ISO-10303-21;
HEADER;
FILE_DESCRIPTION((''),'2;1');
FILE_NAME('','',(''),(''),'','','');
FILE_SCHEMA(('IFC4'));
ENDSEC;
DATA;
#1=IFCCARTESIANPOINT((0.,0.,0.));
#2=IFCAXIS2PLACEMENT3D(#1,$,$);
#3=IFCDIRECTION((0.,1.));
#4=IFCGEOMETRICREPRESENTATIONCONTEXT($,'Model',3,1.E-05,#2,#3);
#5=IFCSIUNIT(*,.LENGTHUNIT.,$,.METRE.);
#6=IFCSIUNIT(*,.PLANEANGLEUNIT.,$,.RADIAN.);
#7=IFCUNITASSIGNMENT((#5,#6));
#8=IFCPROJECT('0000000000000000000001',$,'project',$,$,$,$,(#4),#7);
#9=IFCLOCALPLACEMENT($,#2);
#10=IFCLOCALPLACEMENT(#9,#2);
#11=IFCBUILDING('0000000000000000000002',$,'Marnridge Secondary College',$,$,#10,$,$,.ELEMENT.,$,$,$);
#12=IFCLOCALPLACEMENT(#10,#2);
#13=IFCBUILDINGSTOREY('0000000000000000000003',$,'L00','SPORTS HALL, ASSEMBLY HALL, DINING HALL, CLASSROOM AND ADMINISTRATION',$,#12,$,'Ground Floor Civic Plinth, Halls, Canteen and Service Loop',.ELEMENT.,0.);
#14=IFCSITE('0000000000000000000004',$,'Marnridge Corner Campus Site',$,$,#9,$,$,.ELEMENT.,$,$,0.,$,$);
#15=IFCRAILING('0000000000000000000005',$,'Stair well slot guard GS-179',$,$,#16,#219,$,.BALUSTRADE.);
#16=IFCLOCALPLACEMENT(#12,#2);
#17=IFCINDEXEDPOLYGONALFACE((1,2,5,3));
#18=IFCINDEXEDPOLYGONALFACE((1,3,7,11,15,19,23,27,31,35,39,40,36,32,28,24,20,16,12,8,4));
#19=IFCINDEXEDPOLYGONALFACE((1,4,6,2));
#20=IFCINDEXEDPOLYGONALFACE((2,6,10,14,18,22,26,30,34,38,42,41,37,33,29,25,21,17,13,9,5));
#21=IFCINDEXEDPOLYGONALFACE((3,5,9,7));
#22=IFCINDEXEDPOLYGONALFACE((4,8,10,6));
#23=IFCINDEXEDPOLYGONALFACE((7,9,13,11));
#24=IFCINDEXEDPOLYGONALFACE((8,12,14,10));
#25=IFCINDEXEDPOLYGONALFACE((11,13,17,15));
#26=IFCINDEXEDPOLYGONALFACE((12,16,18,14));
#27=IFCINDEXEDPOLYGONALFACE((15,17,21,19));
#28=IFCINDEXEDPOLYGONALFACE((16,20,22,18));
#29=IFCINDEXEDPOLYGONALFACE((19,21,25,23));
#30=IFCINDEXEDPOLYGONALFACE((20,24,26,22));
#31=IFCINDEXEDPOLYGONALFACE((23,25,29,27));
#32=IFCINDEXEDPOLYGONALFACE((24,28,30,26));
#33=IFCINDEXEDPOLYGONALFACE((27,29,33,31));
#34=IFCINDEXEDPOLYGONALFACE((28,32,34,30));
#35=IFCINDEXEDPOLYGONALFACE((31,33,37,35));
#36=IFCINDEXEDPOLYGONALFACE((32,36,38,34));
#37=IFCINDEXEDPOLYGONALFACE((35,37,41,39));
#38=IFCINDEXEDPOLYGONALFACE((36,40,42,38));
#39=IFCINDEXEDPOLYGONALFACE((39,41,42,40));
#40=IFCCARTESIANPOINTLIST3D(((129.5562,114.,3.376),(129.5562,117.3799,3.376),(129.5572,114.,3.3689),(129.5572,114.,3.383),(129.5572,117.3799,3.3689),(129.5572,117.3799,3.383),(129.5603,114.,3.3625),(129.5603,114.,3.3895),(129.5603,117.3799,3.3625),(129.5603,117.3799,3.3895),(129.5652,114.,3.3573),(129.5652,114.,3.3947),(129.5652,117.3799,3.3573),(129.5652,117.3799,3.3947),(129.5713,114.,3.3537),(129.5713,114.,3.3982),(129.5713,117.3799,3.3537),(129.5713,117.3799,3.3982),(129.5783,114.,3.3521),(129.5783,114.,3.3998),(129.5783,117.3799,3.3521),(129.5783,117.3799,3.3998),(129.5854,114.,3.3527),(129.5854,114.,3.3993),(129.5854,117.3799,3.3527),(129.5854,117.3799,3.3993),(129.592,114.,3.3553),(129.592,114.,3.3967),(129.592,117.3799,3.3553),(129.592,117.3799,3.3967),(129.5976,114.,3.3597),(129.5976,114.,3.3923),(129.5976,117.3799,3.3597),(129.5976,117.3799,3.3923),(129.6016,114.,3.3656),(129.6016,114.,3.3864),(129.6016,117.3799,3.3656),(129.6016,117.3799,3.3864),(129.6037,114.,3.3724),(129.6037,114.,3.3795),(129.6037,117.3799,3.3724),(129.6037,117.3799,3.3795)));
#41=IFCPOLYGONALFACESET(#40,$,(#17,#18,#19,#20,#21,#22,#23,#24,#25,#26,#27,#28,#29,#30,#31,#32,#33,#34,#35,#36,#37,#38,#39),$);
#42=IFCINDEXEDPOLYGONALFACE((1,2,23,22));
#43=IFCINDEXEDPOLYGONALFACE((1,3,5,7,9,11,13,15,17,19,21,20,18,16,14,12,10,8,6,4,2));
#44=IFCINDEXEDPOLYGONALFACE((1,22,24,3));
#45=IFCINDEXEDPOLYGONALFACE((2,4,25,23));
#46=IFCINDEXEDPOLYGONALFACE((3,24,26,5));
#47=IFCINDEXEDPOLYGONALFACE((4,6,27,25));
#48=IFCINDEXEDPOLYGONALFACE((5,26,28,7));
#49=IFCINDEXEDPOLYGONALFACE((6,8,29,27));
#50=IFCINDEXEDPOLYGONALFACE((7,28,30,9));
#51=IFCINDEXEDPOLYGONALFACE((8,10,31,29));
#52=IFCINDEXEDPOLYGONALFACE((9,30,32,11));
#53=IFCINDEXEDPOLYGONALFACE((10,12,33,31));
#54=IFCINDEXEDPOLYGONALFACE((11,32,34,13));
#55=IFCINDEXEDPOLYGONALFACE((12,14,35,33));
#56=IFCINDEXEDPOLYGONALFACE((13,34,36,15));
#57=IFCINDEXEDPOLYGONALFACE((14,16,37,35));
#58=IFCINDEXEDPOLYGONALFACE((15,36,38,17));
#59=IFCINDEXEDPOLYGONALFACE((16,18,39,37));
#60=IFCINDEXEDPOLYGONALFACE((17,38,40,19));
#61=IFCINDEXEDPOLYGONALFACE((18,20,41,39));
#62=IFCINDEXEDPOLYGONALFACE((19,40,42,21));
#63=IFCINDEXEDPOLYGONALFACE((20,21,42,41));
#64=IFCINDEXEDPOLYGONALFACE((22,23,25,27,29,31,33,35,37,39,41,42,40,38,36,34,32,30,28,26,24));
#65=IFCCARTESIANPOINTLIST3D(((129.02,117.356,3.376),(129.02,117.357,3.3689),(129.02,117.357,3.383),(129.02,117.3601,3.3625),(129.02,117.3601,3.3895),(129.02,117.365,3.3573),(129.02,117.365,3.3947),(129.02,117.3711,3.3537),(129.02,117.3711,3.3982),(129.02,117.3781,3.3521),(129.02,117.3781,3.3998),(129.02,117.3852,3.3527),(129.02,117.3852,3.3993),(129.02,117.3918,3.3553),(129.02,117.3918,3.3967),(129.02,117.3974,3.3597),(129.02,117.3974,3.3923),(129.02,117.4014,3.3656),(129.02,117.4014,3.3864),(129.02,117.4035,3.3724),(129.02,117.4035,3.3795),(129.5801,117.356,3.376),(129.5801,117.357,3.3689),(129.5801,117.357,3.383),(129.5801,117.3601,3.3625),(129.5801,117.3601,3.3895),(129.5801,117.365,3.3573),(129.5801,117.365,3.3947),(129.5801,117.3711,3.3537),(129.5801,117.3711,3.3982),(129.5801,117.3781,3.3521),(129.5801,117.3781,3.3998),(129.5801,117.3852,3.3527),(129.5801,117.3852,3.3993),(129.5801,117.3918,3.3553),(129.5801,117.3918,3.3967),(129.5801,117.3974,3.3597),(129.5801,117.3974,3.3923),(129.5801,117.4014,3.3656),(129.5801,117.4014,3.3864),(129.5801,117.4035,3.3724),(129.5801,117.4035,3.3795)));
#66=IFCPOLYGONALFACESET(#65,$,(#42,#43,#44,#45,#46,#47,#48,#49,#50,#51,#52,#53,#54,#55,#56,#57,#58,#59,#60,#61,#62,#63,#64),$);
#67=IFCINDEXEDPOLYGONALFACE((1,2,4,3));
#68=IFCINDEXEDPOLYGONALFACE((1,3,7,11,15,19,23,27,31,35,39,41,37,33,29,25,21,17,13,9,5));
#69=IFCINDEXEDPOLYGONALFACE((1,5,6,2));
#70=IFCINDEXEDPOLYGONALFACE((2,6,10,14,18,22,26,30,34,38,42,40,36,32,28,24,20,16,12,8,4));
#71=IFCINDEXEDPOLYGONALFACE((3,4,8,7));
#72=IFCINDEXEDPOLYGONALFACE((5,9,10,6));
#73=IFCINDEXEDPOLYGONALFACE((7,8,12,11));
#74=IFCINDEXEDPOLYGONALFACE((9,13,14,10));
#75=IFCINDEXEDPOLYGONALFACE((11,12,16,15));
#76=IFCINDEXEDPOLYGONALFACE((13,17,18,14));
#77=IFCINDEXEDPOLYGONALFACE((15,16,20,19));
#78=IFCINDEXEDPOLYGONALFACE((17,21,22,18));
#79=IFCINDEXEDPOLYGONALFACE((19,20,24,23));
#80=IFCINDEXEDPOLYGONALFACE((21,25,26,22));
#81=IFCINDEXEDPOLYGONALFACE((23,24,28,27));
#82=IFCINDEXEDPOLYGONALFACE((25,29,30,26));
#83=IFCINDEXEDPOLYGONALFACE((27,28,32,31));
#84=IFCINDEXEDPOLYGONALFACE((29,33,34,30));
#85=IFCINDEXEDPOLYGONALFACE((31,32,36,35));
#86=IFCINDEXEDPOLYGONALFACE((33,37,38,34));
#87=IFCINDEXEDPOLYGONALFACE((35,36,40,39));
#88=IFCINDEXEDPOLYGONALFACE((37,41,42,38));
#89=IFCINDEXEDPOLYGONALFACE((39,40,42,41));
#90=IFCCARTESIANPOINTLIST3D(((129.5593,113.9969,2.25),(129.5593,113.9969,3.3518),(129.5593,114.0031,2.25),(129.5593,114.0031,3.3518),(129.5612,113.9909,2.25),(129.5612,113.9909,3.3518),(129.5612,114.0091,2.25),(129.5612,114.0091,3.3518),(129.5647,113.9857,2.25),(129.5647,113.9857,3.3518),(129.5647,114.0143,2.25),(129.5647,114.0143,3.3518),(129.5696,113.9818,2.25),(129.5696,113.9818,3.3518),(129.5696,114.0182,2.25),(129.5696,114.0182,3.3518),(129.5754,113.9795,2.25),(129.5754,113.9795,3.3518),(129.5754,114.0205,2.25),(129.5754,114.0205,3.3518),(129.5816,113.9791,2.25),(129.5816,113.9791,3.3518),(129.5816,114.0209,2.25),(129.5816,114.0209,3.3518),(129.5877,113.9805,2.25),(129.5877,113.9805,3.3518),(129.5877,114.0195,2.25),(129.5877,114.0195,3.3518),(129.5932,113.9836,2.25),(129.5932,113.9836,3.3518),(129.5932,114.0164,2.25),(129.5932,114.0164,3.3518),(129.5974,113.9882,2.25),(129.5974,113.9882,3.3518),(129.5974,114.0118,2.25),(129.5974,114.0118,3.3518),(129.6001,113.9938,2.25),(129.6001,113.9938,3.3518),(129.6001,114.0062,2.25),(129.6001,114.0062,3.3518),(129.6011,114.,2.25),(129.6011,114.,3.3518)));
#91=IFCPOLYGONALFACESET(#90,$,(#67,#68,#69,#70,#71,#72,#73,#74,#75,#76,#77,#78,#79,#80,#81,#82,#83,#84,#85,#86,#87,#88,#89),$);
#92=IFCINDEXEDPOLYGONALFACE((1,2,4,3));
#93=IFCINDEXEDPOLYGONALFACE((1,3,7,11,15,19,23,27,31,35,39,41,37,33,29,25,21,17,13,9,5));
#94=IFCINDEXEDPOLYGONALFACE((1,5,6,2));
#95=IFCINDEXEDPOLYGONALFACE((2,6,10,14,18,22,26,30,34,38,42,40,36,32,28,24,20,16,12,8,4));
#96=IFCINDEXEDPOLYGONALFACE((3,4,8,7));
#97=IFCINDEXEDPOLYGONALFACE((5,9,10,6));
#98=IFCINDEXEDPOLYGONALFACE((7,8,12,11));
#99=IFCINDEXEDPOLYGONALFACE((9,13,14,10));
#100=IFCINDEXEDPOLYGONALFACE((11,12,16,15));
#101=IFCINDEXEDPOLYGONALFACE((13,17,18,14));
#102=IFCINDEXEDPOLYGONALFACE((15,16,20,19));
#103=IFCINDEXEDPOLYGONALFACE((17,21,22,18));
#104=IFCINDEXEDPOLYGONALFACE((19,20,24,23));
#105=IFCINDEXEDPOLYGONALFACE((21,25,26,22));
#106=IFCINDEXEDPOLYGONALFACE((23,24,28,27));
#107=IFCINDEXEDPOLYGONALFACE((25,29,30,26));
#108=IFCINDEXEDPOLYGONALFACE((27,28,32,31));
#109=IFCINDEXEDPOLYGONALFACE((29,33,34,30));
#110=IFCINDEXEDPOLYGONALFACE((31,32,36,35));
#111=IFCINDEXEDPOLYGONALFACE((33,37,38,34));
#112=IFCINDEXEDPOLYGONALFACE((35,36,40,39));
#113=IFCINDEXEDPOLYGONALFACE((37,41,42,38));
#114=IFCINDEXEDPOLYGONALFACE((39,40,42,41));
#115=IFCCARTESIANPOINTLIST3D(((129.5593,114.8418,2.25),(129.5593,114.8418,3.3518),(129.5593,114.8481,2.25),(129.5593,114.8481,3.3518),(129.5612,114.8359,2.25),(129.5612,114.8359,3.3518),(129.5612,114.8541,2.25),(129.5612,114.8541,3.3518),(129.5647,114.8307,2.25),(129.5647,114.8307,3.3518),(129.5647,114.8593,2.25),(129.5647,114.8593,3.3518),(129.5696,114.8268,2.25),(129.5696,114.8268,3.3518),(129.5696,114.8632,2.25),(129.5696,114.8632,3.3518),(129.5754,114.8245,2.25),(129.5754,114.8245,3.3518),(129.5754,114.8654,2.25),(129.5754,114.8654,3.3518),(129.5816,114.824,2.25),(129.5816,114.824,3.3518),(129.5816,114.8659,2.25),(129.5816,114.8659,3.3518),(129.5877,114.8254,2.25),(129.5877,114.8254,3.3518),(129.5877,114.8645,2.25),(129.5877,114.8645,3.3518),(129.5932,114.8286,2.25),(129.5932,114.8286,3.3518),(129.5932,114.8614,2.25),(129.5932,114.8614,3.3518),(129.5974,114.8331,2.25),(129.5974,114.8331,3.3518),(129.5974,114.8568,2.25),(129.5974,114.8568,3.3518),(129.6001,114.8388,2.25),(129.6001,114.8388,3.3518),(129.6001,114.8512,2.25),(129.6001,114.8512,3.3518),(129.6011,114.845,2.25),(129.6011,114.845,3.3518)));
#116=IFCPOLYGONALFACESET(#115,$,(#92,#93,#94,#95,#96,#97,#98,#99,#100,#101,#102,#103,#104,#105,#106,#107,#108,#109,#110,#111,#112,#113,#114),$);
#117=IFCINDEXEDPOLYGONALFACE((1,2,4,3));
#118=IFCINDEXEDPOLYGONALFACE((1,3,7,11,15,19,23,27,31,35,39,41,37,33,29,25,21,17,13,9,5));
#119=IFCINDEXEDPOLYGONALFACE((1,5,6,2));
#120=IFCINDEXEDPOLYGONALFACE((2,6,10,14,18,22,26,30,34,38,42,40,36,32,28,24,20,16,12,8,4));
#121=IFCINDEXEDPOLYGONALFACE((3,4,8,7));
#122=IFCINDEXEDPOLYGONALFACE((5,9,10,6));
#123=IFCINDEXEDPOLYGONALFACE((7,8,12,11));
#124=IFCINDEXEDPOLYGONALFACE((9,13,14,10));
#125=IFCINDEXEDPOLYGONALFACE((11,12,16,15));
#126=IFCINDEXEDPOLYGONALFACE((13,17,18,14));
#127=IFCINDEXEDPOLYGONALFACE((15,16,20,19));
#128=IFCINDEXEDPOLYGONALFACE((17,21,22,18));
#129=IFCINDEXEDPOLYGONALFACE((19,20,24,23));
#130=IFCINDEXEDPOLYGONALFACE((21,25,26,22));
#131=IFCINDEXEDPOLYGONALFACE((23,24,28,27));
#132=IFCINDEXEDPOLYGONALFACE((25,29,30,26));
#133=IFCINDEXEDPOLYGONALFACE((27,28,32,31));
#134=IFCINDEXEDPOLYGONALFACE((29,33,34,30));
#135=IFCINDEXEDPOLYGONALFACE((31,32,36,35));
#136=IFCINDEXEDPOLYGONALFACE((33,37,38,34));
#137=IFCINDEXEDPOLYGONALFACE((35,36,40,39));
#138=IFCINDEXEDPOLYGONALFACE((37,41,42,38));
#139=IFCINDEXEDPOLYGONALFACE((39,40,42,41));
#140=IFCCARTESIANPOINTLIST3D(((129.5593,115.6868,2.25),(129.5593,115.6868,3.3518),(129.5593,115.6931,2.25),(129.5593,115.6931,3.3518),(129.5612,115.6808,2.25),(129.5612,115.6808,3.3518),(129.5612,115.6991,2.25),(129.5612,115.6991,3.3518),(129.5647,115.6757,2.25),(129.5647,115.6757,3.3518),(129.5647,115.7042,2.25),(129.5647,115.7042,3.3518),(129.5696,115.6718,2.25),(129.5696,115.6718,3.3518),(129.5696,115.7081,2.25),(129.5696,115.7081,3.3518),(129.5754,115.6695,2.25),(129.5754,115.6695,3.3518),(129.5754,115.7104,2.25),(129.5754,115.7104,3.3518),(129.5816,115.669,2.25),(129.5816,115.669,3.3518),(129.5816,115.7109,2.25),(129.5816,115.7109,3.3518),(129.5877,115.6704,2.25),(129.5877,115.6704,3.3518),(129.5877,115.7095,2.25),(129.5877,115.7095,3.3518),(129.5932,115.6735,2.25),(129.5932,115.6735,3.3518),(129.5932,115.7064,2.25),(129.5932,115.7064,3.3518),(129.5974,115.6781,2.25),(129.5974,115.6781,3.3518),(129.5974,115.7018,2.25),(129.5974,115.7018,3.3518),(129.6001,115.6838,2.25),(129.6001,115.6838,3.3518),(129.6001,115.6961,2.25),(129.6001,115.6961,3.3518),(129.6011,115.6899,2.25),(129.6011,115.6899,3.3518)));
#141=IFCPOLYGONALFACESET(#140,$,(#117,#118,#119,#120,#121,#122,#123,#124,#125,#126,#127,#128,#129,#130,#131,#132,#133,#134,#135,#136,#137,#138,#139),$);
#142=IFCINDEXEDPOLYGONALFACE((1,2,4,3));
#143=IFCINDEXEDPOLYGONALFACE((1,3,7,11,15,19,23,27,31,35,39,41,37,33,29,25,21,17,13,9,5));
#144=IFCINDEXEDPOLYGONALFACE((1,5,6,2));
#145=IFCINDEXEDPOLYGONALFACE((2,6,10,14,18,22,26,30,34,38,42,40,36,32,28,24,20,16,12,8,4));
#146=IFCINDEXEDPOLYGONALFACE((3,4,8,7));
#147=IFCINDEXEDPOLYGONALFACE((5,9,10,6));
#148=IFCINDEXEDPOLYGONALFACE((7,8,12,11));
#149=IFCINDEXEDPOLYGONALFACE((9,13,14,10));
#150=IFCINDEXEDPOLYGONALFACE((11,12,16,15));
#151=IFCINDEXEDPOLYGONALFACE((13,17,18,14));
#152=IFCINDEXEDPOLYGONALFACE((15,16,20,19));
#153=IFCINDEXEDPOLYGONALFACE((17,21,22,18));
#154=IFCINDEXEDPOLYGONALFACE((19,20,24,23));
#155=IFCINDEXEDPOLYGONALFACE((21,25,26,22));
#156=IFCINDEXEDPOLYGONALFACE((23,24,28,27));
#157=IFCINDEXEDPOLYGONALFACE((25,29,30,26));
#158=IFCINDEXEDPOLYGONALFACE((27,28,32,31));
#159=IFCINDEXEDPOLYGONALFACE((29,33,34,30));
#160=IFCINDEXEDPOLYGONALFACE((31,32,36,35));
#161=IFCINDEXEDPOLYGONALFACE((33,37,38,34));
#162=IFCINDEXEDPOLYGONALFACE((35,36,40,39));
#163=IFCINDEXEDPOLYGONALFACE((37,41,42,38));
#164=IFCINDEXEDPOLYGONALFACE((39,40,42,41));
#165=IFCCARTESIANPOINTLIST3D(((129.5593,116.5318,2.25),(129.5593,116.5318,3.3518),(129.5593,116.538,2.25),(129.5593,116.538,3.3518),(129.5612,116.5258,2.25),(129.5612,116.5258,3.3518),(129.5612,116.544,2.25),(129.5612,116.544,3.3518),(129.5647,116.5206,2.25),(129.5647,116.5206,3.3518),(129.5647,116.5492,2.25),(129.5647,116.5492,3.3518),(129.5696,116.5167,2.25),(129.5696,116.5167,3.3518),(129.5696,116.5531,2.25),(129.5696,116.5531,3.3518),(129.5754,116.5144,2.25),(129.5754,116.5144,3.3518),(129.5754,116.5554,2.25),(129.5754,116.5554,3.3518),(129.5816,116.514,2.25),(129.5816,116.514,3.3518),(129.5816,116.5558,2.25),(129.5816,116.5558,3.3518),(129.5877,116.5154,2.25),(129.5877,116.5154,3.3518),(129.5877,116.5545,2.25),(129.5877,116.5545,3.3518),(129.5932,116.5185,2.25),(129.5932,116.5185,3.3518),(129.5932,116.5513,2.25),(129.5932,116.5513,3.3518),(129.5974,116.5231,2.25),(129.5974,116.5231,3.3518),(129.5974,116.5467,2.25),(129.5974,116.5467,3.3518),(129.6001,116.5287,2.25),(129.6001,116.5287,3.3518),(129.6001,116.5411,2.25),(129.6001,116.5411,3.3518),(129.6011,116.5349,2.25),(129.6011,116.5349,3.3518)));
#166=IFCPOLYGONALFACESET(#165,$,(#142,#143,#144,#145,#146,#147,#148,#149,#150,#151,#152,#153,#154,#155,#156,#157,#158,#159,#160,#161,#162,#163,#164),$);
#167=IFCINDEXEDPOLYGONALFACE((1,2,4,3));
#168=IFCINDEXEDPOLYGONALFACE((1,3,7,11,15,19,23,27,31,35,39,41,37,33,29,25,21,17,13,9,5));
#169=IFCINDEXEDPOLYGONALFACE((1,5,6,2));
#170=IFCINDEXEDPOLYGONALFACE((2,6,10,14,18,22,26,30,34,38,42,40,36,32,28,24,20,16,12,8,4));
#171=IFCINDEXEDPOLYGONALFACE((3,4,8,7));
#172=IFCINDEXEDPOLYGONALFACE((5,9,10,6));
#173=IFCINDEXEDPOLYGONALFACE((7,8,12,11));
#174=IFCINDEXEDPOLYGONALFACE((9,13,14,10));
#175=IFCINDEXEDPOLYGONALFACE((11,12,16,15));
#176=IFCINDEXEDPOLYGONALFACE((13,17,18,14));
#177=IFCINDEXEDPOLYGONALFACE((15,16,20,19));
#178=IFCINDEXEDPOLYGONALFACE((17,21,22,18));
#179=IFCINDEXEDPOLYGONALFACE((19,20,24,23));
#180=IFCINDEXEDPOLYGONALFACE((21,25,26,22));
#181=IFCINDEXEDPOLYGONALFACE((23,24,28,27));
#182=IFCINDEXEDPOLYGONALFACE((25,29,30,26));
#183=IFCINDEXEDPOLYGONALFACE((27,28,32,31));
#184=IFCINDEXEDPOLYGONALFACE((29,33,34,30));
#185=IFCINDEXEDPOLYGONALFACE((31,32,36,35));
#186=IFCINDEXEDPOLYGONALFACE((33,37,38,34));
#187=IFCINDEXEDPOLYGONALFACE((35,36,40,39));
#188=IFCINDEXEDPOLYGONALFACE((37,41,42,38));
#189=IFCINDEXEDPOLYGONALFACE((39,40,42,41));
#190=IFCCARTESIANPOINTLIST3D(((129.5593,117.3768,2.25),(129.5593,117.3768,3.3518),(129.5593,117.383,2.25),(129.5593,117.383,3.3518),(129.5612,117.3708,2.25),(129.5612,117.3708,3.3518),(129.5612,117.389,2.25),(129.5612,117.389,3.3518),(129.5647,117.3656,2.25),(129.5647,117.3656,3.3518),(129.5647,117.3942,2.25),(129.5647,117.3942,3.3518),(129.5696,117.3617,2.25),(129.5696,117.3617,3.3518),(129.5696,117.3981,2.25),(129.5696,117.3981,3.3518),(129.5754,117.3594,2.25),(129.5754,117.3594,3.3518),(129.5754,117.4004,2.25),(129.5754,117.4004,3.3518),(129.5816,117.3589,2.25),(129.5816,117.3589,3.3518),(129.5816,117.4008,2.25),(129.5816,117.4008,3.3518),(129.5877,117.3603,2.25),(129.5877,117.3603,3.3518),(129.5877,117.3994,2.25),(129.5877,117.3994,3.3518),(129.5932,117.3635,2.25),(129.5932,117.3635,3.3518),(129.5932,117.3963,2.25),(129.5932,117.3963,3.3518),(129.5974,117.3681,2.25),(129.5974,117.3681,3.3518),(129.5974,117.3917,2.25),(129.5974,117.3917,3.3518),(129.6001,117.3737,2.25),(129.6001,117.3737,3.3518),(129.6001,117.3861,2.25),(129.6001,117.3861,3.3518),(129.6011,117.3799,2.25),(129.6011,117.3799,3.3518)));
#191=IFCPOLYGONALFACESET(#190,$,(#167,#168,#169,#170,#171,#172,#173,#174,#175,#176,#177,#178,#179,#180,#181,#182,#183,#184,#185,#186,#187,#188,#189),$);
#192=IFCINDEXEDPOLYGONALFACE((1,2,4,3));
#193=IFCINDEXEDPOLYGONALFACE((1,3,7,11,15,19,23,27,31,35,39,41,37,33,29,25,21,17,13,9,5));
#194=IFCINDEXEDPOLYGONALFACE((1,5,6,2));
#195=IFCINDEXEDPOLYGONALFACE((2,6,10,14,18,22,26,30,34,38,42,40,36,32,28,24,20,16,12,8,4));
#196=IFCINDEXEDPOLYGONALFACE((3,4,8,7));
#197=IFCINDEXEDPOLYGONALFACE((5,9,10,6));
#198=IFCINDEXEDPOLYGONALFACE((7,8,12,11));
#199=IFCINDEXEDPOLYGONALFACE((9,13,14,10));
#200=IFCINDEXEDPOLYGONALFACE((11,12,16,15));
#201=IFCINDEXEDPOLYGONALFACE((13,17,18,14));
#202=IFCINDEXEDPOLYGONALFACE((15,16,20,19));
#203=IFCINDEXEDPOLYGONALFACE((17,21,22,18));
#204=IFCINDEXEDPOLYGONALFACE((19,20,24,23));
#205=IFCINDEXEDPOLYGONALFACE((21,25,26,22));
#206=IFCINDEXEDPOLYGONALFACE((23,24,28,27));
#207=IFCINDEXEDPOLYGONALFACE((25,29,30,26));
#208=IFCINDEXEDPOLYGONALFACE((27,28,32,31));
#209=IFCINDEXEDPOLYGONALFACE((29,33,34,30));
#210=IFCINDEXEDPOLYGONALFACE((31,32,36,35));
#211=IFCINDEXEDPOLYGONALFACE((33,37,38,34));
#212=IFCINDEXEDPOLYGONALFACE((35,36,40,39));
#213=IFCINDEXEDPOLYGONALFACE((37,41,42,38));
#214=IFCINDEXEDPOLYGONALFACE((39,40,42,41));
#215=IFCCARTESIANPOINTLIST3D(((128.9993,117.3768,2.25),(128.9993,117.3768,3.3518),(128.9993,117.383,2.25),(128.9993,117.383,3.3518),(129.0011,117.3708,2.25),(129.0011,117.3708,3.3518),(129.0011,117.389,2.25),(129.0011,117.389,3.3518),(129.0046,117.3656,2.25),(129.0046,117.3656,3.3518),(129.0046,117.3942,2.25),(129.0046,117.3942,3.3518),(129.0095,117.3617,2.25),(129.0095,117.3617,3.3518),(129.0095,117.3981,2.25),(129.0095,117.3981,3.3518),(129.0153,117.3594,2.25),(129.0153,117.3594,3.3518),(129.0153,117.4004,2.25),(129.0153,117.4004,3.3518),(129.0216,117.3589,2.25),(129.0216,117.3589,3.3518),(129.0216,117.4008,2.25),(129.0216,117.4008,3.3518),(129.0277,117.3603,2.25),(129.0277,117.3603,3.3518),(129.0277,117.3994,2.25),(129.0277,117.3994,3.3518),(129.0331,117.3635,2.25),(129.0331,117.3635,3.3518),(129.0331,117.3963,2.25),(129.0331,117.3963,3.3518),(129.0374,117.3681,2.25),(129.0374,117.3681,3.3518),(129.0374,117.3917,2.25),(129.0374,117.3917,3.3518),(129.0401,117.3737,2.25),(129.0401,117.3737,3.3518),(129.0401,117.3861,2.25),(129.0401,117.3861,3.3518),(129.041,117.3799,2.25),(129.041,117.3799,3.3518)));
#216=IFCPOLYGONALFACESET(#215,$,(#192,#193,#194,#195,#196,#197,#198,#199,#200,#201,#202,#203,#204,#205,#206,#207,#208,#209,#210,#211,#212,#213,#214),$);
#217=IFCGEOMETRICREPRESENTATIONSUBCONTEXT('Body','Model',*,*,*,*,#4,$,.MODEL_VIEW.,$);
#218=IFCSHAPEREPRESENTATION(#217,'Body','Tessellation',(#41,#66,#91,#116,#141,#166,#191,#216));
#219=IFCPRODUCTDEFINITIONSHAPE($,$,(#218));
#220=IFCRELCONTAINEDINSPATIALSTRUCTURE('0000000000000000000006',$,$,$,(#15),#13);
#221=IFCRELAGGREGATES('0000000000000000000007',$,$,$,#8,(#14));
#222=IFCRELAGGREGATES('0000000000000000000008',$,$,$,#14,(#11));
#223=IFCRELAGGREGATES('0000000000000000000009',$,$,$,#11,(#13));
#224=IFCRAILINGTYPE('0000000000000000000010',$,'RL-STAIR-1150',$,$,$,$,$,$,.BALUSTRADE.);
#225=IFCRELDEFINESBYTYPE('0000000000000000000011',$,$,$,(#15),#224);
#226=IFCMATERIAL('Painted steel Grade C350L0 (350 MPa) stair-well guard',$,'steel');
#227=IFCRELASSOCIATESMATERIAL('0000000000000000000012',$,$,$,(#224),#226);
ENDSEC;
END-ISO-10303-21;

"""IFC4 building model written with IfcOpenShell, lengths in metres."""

from ifc_helpers import new_model, si_unit, direction, frame, origin, origin_2d, place, context, subcontext, project, spatial, circle, extrude, material, type_object, element, save


model = new_model("IFC4")

# Units and contexts
model_context = context("Model", 3, precision=1e-05, world=origin(), true_north=direction((0.0, 1.0)))
body_context = subcontext(model_context, "Body", "Model", "MODEL_VIEW")
ifc_project = project(units=[si_unit("LENGTHUNIT", "METRE"), si_unit("PLANEANGLEUNIT", "RADIAN")], contexts=[model_context])

# Site, building, storey
site_placement = place(None, origin())
site = spatial("IfcSite", under=ifc_project, at=site_placement, Name="Marnridge Corner Campus Site", CompositionType="ELEMENT", RefElevation=0.0)
building_placement = place(site_placement, origin())
building = spatial("IfcBuilding", under=site, at=building_placement, Name="Marnridge Secondary College", CompositionType="ELEMENT")
storey_placement = place(building_placement, origin())
storey = spatial("IfcBuildingStorey", under=building, at=storey_placement, Name="L00", Description="SPORTS HALL, ASSEMBLY HALL, DINING HALL, CLASSROOM AND ADMINISTRATION", LongName="Ground Floor Civic Plinth, Halls, Canteen and Service Loop", CompositionType="ELEMENT", Elevation=0.0)

# Railing
ifc_material_1 = material(Name="Painted steel Grade C350L0 (350 MPa) stair-well guard", Category="steel")
railing_type_1 = type_object("IfcRailingType", Name="RL-STAIR-1150", PredefinedType="BALUSTRADE", material=ifc_material_1)
railing_1_placement = place(storey_placement, frame((129.5801, 114.0, 2.25)))
element("IfcRailing", 1, at=railing_1_placement, inside=storey, type_object=railing_type_1, Name="Stair well slot guard GS-179", PredefinedType="BALUSTRADE", context=body_context, shape_type="SweptSolid", body=[
    extrude(circle(Radius=0.0239, at=origin_2d()), frame((0.0, 0.0, 1.126), z_axis=(0.0, 1.0, 0.0), x_axis=(-1.0, 0.0, 0.0)), (0.0, 0.0, 1.0), 3.3799),
    extrude(circle(Radius=0.0239, at=origin_2d()), frame((0.0, 3.3799, 1.126), z_axis=(-1.0, 0.0, 0.0), x_axis=(0.0, -1.0, 0.0)), (0.0, 0.0, 1.0), 0.5601),
    extrude(circle(Radius=0.021, at=origin_2d()), origin(), (0.0, 0.0, 1.0), 1.1018),
    extrude(circle(Radius=0.021, at=origin_2d()), frame((0.0, 0.845, 0.0)), (0.0, 0.0, 1.0), 1.1018),
    extrude(circle(Radius=0.021, at=origin_2d()), frame((0.0, 1.6899, 0.0)), (0.0, 0.0, 1.0), 1.1018),
    extrude(circle(Radius=0.021, at=origin_2d()), frame((0.0, 2.5349, 0.0)), (0.0, 0.0, 1.0), 1.1018),
    extrude(circle(Radius=0.021, at=origin_2d()), frame((0.0, 3.3799, 0.0)), (0.0, 0.0, 1.0), 1.1018),
    extrude(circle(Radius=0.021, at=origin_2d()), frame((-0.5601, 3.3799, 0.0)), (0.0, 0.0, 1.0), 1.1018),
])

save(model, "model.ifc")
